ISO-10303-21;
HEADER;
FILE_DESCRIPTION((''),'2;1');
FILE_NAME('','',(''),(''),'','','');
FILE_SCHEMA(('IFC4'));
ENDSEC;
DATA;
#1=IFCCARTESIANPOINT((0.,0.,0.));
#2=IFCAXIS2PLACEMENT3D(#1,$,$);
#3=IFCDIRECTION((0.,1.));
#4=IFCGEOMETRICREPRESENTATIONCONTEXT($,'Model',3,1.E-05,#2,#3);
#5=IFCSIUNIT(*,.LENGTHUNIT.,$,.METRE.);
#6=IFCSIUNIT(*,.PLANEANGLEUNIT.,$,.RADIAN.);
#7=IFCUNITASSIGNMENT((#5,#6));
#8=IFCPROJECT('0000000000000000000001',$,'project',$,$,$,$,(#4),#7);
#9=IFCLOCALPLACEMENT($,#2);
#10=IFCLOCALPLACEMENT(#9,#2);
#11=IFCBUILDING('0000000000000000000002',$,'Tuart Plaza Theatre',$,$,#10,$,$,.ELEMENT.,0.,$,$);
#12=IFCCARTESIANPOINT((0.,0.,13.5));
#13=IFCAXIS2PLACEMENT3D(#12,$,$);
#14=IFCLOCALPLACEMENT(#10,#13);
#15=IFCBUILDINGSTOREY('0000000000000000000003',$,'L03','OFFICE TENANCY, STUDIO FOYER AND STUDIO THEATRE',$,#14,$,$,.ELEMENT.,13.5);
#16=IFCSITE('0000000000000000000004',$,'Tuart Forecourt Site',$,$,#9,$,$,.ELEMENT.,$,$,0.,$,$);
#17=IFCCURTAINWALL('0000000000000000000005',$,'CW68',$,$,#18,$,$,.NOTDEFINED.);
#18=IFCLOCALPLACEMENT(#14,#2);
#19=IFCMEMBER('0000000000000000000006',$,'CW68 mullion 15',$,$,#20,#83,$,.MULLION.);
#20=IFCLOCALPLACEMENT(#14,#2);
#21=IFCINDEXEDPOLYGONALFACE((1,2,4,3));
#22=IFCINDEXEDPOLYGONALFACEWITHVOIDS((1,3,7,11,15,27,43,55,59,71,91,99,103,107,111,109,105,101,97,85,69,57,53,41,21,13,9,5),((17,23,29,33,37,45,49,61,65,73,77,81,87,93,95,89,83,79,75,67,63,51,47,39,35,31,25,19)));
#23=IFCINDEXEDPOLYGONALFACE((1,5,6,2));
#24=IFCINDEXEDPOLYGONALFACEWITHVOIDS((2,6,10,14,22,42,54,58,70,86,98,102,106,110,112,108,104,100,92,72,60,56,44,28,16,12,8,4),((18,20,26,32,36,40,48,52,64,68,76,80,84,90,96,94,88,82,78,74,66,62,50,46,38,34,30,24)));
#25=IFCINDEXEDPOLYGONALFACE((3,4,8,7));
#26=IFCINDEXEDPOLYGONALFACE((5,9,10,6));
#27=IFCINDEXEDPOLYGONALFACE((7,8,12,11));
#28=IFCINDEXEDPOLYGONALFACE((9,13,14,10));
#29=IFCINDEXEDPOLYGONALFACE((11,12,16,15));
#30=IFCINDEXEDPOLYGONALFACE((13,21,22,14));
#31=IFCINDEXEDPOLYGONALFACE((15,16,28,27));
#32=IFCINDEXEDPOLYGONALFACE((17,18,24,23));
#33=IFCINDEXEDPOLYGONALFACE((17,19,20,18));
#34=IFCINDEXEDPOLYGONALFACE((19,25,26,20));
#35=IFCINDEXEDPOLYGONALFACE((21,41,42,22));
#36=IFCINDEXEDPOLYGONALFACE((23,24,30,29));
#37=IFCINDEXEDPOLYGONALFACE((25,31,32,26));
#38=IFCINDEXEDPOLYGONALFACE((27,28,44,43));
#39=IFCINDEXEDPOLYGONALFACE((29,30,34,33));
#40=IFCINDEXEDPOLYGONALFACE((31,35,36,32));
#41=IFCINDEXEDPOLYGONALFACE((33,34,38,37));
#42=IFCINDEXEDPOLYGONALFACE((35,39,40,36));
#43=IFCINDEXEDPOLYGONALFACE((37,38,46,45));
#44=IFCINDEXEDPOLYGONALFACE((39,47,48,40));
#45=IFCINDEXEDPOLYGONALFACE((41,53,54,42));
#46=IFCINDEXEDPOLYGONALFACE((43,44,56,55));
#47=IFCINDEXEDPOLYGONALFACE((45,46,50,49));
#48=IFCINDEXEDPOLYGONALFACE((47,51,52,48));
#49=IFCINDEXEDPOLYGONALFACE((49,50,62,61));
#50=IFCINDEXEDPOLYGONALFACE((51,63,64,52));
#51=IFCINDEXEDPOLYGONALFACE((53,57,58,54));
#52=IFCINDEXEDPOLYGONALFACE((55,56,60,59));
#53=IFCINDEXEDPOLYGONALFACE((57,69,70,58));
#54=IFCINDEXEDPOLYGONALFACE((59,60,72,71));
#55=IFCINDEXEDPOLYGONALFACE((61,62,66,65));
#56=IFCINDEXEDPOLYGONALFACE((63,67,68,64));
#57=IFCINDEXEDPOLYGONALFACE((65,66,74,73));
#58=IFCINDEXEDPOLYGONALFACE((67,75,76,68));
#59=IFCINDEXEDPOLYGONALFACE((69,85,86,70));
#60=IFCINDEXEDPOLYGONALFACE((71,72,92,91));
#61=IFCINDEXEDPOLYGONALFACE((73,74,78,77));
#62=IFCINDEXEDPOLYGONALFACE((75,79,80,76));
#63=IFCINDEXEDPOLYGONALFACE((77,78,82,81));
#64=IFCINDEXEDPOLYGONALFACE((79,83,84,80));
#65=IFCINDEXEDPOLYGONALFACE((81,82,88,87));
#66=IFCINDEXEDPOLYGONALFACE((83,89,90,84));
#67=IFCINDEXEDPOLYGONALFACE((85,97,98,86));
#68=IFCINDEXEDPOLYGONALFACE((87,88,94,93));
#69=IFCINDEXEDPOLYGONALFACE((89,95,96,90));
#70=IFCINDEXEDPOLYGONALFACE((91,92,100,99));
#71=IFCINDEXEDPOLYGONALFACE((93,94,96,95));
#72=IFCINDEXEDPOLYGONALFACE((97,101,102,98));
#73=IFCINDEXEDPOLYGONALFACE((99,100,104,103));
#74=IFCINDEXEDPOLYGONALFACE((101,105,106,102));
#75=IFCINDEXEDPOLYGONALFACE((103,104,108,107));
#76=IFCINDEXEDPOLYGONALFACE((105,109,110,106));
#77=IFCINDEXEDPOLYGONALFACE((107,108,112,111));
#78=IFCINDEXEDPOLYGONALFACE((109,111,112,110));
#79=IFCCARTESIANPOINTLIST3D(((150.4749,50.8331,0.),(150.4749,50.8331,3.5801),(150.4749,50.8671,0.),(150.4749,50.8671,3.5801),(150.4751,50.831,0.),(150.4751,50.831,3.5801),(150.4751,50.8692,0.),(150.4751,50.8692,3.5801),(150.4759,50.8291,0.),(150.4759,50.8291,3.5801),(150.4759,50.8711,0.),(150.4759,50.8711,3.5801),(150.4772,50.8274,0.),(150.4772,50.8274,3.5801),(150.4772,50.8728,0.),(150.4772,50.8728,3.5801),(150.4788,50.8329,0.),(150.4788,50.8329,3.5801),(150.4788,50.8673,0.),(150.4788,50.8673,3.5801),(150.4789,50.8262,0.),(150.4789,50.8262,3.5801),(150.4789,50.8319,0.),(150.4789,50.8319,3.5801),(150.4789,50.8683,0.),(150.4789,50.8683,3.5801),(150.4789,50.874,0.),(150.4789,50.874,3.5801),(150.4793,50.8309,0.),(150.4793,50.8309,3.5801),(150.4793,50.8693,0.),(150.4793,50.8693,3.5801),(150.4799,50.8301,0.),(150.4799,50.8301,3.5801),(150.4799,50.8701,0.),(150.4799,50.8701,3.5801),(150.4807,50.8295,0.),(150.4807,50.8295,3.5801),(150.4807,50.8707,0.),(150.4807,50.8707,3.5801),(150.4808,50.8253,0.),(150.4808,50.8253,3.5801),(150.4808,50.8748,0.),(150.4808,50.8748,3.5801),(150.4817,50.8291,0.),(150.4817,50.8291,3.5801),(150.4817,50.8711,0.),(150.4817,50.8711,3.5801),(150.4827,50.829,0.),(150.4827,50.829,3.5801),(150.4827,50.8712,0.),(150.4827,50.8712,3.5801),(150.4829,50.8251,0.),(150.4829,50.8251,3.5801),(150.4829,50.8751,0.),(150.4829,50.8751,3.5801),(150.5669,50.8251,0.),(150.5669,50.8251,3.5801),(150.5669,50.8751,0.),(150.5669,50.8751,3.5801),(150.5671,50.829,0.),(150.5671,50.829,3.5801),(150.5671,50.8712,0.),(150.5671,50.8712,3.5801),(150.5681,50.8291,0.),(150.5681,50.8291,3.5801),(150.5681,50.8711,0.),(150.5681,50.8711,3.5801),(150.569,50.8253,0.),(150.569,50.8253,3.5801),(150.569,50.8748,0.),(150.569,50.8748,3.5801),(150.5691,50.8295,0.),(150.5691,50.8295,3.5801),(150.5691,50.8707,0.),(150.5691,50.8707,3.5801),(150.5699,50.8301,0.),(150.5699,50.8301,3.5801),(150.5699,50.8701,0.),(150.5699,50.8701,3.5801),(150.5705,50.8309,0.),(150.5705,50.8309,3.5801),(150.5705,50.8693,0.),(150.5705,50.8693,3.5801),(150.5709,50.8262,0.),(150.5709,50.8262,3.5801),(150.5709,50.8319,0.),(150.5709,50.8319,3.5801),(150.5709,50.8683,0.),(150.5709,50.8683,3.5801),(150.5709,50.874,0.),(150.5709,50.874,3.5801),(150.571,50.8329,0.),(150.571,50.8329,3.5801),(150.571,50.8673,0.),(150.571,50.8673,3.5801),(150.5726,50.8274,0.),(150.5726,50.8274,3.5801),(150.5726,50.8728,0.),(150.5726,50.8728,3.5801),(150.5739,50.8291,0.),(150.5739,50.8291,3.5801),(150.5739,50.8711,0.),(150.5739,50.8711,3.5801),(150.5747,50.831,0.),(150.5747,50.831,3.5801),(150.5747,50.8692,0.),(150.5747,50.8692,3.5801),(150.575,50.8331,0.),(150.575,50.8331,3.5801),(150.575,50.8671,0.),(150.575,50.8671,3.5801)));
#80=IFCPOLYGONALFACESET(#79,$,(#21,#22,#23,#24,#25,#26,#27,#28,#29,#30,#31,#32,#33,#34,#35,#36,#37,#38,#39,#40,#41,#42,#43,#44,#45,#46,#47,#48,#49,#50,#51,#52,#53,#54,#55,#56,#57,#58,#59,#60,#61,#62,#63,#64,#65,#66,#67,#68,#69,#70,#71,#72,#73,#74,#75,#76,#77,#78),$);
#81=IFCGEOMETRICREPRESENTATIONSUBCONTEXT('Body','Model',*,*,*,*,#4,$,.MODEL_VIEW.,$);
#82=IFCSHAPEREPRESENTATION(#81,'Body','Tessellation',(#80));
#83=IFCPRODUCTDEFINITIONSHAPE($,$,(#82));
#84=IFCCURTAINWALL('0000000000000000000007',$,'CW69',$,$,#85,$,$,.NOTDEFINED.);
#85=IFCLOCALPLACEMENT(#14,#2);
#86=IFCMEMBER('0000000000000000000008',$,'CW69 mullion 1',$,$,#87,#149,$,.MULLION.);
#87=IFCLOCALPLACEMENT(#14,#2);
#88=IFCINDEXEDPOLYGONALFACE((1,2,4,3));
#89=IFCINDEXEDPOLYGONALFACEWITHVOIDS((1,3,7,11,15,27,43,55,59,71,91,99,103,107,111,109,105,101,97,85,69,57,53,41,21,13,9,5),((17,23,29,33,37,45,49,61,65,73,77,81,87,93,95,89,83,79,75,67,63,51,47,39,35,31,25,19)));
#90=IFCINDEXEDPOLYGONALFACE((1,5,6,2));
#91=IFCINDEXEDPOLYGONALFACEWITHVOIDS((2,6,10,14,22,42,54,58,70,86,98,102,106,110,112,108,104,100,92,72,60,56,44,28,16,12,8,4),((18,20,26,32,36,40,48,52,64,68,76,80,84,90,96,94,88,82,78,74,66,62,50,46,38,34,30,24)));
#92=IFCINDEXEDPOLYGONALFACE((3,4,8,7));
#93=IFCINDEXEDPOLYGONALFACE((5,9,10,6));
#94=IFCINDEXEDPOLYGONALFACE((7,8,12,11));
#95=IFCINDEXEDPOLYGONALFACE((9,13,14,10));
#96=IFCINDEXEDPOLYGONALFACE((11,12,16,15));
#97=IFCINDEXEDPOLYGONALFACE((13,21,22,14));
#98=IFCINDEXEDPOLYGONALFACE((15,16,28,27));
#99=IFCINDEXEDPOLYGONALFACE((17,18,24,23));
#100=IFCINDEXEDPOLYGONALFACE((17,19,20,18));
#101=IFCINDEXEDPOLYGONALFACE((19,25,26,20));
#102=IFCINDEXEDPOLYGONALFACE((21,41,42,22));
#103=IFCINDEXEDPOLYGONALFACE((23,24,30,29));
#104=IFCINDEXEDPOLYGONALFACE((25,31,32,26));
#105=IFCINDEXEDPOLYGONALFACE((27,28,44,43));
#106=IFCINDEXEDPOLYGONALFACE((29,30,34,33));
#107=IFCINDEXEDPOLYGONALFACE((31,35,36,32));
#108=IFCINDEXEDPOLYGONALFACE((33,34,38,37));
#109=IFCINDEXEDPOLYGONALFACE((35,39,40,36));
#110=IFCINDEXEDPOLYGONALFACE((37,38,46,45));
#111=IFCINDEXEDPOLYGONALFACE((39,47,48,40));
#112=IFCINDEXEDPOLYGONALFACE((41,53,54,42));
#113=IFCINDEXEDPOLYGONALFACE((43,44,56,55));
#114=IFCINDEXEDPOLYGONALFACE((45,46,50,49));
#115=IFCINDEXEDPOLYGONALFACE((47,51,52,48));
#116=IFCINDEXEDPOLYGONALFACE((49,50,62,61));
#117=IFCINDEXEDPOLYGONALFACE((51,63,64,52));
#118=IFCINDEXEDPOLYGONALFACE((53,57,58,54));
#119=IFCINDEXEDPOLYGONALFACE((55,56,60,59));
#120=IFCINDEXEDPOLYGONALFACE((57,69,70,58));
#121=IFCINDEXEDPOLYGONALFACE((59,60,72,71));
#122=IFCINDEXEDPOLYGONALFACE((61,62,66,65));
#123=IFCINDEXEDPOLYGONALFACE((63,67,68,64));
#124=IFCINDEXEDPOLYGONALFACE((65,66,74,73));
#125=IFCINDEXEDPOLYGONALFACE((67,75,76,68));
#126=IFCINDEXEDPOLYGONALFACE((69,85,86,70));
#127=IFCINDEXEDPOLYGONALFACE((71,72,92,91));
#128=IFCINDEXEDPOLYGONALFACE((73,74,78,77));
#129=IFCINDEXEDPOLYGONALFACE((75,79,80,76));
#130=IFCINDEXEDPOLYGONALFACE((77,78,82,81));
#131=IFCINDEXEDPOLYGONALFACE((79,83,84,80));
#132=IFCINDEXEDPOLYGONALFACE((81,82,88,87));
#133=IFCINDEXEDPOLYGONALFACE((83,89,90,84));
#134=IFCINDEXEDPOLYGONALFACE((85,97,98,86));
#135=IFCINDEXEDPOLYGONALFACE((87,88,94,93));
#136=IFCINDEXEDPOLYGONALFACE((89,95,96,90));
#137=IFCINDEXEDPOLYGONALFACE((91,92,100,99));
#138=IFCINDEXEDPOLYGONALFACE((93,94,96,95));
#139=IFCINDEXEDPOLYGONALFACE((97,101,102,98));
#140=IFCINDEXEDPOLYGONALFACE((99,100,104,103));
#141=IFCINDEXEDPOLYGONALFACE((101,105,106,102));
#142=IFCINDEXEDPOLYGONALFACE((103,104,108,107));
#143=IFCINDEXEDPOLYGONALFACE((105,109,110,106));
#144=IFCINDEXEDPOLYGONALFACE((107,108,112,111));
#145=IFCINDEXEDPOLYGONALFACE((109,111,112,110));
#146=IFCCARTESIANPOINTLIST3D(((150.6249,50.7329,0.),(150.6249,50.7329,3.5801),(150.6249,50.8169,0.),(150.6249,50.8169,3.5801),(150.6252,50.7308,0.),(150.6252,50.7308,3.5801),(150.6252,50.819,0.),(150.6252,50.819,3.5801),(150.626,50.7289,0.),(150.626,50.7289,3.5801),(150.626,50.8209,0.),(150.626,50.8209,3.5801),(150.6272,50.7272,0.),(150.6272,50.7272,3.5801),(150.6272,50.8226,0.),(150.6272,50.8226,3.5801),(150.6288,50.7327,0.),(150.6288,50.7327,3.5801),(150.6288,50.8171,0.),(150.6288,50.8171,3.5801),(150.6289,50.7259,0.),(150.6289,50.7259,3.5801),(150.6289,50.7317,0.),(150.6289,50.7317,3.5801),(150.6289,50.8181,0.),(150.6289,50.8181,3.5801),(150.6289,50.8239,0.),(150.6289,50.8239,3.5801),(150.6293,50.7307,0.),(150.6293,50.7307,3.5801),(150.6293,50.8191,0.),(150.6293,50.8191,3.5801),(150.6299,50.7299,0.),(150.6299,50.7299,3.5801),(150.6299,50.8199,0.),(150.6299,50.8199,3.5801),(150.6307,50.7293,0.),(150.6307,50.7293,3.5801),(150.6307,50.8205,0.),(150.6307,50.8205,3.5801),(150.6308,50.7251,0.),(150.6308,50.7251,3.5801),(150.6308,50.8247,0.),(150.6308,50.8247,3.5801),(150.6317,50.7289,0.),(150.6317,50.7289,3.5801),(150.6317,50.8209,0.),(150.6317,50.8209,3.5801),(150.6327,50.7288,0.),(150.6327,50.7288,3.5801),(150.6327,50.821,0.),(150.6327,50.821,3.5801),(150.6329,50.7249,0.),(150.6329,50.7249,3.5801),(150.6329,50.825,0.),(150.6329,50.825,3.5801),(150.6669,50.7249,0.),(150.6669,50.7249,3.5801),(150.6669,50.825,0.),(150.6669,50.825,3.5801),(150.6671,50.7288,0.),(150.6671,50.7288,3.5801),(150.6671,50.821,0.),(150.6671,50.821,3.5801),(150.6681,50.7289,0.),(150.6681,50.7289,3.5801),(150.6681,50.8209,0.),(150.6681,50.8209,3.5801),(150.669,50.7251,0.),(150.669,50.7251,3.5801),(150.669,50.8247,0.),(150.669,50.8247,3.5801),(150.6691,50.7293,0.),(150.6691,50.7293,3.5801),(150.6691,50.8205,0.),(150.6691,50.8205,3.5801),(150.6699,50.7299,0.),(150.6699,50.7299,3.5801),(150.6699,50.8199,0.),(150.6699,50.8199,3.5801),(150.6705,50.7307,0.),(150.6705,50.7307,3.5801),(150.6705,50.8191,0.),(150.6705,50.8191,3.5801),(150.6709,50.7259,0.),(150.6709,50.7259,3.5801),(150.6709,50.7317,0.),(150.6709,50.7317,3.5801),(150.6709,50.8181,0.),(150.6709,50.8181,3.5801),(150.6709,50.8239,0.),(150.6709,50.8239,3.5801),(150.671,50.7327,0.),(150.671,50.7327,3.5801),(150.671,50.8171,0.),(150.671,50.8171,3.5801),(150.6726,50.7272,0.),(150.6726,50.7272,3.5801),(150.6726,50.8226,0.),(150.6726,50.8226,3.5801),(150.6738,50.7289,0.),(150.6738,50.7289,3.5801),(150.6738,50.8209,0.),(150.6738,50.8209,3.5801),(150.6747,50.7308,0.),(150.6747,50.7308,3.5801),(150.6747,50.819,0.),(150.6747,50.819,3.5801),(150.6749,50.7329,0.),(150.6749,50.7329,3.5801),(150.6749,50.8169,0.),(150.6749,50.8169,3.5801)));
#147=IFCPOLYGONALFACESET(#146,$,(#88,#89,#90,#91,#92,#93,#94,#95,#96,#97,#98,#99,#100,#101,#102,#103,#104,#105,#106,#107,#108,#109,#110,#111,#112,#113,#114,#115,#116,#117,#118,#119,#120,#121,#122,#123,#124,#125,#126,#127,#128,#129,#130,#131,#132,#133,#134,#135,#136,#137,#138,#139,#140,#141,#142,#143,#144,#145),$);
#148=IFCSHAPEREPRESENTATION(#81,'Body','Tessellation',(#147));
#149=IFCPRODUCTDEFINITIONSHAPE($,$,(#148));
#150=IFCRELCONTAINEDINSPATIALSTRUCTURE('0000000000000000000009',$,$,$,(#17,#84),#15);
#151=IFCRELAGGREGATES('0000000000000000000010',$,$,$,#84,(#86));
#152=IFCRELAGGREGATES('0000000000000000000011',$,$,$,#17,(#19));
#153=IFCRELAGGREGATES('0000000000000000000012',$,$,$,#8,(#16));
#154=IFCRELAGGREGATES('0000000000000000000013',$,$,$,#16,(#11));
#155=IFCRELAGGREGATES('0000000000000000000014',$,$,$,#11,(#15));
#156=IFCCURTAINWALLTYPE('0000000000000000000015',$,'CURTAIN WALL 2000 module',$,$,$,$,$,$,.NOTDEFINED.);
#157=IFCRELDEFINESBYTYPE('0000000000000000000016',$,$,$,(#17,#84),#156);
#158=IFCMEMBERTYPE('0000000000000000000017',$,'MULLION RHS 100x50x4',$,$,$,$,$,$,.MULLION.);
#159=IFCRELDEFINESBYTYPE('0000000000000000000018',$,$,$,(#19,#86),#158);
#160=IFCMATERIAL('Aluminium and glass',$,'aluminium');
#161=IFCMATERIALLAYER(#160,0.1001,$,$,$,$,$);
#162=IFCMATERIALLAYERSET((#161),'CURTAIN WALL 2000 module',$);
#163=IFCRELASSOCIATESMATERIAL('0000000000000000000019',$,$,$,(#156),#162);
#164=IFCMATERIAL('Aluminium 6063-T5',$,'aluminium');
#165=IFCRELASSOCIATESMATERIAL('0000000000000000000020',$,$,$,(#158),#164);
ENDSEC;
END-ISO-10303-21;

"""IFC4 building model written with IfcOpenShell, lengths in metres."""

from ifc_helpers import new_model, si_unit, direction, frame, origin, origin_2d, place, context, subcontext, project, spatial, hollow_rectangle, extrude, material, layer, layer_set, material_profile, profile_set, type_object, element, aggregate, save


model = new_model("IFC4")

# Units and contexts
model_context = context("Model", 3, precision=1e-05, world=origin(), true_north=direction((0.0, 1.0)))
body_context = subcontext(model_context, "Body", "Model", "MODEL_VIEW")
ifc_project = project(units=[si_unit("LENGTHUNIT", "METRE"), si_unit("PLANEANGLEUNIT", "RADIAN")], contexts=[model_context])

# Site, building, storey
site_placement = place(None, origin())
site = spatial("IfcSite", under=ifc_project, at=site_placement, Name="Tuart Forecourt Site", CompositionType="ELEMENT", RefElevation=0.0)
building_placement = place(site_placement, origin())
building = spatial("IfcBuilding", under=site, at=building_placement, Name="Tuart Plaza Theatre", CompositionType="ELEMENT", ElevationOfRefHeight=0.0)
storey_placement = place(building_placement, frame((0.0, 0.0, 13.5)))
storey = spatial("IfcBuildingStorey", under=building, at=storey_placement, Name="L03", Description="OFFICE TENANCY, STUDIO FOYER AND STUDIO THEATRE", CompositionType="ELEMENT", Elevation=13.5)

# Curtain wall, member
ifc_material_1 = material(Name="Aluminium and glass", Category="aluminium")
ifc_layer_1 = layer(ifc_material_1, 0.1001)
ifc_layer_set_1 = layer_set([ifc_layer_1], Name="CURTAIN WALL 2000 module")
curtain_wall_type = type_object("IfcCurtainWallType", Name="CURTAIN WALL 2000 module", PredefinedType="NOTDEFINED", material=ifc_layer_set_1)
curtain_wall_1_placement = place(storey_placement, origin())
curtain_wall_1 = element("IfcCurtainWall", 1, at=curtain_wall_1_placement, inside=storey, type_object=curtain_wall_type, Name="CW68", PredefinedType="NOTDEFINED")
ifc_material_2 = material(Name="Aluminium 6063-T5", Category="aluminium")
ifc_material_profile_1 = material_profile(ifc_material_2, hollow_rectangle(XDim=0.05, YDim=0.1001, WallThickness=0.0039, InnerFilletRadius=0.0039, OuterFilletRadius=0.0081, at=origin_2d()), Name="RHS 100x50x4")
ifc_profile_set_1 = profile_set([ifc_material_profile_1], Name="Aluminium 6063-T5")
member_type_1 = type_object("IfcMemberType", Name="MULLION RHS 100x50x4", PredefinedType="MULLION", material=ifc_profile_set_1)
member_1_placement = place(storey_placement, frame((150.5249, 50.8501, 0.0), z_axis=(0.0, 0.0, 1.0), x_axis=(0.0, 1.0, 0.0)))
member_1 = element("IfcMember", 2, at=member_1_placement, type_object=member_type_1, Name="CW68 mullion 15", PredefinedType="MULLION", context=body_context, shape_type="SweptSolid", body=[
    extrude(hollow_rectangle(XDim=0.05, YDim=0.1001, WallThickness=0.0039, InnerFilletRadius=0.0039, OuterFilletRadius=0.0081, at=origin_2d()), origin(), (0.0, 0.0, 1.0), 3.5801),
])

# Curtain wall, member
curtain_wall_2_placement = place(storey_placement, origin())
curtain_wall_2 = element("IfcCurtainWall", 3, at=curtain_wall_2_placement, inside=storey, type_object=curtain_wall_type, Name="CW69", PredefinedType="NOTDEFINED")
member_2_placement = place(storey_placement, frame((150.6499, 50.7749, 0.0), z_axis=(0.0, 0.0, 1.0), x_axis=(-1.0, 0.0, 0.0)))
member_2 = element("IfcMember", 4, at=member_2_placement, type_object=member_type_1, Name="CW69 mullion 1", PredefinedType="MULLION", context=body_context, shape_type="SweptSolid", body=[
    extrude(hollow_rectangle(XDim=0.05, YDim=0.1001, WallThickness=0.0039, InnerFilletRadius=0.0039, OuterFilletRadius=0.0081, at=origin_2d()), origin(), (0.0, 0.0, 1.0), 3.5801),
])

aggregate(curtain_wall_2, [member_2])

aggregate(curtain_wall_1, [member_1])

save(model, "model.ifc")
